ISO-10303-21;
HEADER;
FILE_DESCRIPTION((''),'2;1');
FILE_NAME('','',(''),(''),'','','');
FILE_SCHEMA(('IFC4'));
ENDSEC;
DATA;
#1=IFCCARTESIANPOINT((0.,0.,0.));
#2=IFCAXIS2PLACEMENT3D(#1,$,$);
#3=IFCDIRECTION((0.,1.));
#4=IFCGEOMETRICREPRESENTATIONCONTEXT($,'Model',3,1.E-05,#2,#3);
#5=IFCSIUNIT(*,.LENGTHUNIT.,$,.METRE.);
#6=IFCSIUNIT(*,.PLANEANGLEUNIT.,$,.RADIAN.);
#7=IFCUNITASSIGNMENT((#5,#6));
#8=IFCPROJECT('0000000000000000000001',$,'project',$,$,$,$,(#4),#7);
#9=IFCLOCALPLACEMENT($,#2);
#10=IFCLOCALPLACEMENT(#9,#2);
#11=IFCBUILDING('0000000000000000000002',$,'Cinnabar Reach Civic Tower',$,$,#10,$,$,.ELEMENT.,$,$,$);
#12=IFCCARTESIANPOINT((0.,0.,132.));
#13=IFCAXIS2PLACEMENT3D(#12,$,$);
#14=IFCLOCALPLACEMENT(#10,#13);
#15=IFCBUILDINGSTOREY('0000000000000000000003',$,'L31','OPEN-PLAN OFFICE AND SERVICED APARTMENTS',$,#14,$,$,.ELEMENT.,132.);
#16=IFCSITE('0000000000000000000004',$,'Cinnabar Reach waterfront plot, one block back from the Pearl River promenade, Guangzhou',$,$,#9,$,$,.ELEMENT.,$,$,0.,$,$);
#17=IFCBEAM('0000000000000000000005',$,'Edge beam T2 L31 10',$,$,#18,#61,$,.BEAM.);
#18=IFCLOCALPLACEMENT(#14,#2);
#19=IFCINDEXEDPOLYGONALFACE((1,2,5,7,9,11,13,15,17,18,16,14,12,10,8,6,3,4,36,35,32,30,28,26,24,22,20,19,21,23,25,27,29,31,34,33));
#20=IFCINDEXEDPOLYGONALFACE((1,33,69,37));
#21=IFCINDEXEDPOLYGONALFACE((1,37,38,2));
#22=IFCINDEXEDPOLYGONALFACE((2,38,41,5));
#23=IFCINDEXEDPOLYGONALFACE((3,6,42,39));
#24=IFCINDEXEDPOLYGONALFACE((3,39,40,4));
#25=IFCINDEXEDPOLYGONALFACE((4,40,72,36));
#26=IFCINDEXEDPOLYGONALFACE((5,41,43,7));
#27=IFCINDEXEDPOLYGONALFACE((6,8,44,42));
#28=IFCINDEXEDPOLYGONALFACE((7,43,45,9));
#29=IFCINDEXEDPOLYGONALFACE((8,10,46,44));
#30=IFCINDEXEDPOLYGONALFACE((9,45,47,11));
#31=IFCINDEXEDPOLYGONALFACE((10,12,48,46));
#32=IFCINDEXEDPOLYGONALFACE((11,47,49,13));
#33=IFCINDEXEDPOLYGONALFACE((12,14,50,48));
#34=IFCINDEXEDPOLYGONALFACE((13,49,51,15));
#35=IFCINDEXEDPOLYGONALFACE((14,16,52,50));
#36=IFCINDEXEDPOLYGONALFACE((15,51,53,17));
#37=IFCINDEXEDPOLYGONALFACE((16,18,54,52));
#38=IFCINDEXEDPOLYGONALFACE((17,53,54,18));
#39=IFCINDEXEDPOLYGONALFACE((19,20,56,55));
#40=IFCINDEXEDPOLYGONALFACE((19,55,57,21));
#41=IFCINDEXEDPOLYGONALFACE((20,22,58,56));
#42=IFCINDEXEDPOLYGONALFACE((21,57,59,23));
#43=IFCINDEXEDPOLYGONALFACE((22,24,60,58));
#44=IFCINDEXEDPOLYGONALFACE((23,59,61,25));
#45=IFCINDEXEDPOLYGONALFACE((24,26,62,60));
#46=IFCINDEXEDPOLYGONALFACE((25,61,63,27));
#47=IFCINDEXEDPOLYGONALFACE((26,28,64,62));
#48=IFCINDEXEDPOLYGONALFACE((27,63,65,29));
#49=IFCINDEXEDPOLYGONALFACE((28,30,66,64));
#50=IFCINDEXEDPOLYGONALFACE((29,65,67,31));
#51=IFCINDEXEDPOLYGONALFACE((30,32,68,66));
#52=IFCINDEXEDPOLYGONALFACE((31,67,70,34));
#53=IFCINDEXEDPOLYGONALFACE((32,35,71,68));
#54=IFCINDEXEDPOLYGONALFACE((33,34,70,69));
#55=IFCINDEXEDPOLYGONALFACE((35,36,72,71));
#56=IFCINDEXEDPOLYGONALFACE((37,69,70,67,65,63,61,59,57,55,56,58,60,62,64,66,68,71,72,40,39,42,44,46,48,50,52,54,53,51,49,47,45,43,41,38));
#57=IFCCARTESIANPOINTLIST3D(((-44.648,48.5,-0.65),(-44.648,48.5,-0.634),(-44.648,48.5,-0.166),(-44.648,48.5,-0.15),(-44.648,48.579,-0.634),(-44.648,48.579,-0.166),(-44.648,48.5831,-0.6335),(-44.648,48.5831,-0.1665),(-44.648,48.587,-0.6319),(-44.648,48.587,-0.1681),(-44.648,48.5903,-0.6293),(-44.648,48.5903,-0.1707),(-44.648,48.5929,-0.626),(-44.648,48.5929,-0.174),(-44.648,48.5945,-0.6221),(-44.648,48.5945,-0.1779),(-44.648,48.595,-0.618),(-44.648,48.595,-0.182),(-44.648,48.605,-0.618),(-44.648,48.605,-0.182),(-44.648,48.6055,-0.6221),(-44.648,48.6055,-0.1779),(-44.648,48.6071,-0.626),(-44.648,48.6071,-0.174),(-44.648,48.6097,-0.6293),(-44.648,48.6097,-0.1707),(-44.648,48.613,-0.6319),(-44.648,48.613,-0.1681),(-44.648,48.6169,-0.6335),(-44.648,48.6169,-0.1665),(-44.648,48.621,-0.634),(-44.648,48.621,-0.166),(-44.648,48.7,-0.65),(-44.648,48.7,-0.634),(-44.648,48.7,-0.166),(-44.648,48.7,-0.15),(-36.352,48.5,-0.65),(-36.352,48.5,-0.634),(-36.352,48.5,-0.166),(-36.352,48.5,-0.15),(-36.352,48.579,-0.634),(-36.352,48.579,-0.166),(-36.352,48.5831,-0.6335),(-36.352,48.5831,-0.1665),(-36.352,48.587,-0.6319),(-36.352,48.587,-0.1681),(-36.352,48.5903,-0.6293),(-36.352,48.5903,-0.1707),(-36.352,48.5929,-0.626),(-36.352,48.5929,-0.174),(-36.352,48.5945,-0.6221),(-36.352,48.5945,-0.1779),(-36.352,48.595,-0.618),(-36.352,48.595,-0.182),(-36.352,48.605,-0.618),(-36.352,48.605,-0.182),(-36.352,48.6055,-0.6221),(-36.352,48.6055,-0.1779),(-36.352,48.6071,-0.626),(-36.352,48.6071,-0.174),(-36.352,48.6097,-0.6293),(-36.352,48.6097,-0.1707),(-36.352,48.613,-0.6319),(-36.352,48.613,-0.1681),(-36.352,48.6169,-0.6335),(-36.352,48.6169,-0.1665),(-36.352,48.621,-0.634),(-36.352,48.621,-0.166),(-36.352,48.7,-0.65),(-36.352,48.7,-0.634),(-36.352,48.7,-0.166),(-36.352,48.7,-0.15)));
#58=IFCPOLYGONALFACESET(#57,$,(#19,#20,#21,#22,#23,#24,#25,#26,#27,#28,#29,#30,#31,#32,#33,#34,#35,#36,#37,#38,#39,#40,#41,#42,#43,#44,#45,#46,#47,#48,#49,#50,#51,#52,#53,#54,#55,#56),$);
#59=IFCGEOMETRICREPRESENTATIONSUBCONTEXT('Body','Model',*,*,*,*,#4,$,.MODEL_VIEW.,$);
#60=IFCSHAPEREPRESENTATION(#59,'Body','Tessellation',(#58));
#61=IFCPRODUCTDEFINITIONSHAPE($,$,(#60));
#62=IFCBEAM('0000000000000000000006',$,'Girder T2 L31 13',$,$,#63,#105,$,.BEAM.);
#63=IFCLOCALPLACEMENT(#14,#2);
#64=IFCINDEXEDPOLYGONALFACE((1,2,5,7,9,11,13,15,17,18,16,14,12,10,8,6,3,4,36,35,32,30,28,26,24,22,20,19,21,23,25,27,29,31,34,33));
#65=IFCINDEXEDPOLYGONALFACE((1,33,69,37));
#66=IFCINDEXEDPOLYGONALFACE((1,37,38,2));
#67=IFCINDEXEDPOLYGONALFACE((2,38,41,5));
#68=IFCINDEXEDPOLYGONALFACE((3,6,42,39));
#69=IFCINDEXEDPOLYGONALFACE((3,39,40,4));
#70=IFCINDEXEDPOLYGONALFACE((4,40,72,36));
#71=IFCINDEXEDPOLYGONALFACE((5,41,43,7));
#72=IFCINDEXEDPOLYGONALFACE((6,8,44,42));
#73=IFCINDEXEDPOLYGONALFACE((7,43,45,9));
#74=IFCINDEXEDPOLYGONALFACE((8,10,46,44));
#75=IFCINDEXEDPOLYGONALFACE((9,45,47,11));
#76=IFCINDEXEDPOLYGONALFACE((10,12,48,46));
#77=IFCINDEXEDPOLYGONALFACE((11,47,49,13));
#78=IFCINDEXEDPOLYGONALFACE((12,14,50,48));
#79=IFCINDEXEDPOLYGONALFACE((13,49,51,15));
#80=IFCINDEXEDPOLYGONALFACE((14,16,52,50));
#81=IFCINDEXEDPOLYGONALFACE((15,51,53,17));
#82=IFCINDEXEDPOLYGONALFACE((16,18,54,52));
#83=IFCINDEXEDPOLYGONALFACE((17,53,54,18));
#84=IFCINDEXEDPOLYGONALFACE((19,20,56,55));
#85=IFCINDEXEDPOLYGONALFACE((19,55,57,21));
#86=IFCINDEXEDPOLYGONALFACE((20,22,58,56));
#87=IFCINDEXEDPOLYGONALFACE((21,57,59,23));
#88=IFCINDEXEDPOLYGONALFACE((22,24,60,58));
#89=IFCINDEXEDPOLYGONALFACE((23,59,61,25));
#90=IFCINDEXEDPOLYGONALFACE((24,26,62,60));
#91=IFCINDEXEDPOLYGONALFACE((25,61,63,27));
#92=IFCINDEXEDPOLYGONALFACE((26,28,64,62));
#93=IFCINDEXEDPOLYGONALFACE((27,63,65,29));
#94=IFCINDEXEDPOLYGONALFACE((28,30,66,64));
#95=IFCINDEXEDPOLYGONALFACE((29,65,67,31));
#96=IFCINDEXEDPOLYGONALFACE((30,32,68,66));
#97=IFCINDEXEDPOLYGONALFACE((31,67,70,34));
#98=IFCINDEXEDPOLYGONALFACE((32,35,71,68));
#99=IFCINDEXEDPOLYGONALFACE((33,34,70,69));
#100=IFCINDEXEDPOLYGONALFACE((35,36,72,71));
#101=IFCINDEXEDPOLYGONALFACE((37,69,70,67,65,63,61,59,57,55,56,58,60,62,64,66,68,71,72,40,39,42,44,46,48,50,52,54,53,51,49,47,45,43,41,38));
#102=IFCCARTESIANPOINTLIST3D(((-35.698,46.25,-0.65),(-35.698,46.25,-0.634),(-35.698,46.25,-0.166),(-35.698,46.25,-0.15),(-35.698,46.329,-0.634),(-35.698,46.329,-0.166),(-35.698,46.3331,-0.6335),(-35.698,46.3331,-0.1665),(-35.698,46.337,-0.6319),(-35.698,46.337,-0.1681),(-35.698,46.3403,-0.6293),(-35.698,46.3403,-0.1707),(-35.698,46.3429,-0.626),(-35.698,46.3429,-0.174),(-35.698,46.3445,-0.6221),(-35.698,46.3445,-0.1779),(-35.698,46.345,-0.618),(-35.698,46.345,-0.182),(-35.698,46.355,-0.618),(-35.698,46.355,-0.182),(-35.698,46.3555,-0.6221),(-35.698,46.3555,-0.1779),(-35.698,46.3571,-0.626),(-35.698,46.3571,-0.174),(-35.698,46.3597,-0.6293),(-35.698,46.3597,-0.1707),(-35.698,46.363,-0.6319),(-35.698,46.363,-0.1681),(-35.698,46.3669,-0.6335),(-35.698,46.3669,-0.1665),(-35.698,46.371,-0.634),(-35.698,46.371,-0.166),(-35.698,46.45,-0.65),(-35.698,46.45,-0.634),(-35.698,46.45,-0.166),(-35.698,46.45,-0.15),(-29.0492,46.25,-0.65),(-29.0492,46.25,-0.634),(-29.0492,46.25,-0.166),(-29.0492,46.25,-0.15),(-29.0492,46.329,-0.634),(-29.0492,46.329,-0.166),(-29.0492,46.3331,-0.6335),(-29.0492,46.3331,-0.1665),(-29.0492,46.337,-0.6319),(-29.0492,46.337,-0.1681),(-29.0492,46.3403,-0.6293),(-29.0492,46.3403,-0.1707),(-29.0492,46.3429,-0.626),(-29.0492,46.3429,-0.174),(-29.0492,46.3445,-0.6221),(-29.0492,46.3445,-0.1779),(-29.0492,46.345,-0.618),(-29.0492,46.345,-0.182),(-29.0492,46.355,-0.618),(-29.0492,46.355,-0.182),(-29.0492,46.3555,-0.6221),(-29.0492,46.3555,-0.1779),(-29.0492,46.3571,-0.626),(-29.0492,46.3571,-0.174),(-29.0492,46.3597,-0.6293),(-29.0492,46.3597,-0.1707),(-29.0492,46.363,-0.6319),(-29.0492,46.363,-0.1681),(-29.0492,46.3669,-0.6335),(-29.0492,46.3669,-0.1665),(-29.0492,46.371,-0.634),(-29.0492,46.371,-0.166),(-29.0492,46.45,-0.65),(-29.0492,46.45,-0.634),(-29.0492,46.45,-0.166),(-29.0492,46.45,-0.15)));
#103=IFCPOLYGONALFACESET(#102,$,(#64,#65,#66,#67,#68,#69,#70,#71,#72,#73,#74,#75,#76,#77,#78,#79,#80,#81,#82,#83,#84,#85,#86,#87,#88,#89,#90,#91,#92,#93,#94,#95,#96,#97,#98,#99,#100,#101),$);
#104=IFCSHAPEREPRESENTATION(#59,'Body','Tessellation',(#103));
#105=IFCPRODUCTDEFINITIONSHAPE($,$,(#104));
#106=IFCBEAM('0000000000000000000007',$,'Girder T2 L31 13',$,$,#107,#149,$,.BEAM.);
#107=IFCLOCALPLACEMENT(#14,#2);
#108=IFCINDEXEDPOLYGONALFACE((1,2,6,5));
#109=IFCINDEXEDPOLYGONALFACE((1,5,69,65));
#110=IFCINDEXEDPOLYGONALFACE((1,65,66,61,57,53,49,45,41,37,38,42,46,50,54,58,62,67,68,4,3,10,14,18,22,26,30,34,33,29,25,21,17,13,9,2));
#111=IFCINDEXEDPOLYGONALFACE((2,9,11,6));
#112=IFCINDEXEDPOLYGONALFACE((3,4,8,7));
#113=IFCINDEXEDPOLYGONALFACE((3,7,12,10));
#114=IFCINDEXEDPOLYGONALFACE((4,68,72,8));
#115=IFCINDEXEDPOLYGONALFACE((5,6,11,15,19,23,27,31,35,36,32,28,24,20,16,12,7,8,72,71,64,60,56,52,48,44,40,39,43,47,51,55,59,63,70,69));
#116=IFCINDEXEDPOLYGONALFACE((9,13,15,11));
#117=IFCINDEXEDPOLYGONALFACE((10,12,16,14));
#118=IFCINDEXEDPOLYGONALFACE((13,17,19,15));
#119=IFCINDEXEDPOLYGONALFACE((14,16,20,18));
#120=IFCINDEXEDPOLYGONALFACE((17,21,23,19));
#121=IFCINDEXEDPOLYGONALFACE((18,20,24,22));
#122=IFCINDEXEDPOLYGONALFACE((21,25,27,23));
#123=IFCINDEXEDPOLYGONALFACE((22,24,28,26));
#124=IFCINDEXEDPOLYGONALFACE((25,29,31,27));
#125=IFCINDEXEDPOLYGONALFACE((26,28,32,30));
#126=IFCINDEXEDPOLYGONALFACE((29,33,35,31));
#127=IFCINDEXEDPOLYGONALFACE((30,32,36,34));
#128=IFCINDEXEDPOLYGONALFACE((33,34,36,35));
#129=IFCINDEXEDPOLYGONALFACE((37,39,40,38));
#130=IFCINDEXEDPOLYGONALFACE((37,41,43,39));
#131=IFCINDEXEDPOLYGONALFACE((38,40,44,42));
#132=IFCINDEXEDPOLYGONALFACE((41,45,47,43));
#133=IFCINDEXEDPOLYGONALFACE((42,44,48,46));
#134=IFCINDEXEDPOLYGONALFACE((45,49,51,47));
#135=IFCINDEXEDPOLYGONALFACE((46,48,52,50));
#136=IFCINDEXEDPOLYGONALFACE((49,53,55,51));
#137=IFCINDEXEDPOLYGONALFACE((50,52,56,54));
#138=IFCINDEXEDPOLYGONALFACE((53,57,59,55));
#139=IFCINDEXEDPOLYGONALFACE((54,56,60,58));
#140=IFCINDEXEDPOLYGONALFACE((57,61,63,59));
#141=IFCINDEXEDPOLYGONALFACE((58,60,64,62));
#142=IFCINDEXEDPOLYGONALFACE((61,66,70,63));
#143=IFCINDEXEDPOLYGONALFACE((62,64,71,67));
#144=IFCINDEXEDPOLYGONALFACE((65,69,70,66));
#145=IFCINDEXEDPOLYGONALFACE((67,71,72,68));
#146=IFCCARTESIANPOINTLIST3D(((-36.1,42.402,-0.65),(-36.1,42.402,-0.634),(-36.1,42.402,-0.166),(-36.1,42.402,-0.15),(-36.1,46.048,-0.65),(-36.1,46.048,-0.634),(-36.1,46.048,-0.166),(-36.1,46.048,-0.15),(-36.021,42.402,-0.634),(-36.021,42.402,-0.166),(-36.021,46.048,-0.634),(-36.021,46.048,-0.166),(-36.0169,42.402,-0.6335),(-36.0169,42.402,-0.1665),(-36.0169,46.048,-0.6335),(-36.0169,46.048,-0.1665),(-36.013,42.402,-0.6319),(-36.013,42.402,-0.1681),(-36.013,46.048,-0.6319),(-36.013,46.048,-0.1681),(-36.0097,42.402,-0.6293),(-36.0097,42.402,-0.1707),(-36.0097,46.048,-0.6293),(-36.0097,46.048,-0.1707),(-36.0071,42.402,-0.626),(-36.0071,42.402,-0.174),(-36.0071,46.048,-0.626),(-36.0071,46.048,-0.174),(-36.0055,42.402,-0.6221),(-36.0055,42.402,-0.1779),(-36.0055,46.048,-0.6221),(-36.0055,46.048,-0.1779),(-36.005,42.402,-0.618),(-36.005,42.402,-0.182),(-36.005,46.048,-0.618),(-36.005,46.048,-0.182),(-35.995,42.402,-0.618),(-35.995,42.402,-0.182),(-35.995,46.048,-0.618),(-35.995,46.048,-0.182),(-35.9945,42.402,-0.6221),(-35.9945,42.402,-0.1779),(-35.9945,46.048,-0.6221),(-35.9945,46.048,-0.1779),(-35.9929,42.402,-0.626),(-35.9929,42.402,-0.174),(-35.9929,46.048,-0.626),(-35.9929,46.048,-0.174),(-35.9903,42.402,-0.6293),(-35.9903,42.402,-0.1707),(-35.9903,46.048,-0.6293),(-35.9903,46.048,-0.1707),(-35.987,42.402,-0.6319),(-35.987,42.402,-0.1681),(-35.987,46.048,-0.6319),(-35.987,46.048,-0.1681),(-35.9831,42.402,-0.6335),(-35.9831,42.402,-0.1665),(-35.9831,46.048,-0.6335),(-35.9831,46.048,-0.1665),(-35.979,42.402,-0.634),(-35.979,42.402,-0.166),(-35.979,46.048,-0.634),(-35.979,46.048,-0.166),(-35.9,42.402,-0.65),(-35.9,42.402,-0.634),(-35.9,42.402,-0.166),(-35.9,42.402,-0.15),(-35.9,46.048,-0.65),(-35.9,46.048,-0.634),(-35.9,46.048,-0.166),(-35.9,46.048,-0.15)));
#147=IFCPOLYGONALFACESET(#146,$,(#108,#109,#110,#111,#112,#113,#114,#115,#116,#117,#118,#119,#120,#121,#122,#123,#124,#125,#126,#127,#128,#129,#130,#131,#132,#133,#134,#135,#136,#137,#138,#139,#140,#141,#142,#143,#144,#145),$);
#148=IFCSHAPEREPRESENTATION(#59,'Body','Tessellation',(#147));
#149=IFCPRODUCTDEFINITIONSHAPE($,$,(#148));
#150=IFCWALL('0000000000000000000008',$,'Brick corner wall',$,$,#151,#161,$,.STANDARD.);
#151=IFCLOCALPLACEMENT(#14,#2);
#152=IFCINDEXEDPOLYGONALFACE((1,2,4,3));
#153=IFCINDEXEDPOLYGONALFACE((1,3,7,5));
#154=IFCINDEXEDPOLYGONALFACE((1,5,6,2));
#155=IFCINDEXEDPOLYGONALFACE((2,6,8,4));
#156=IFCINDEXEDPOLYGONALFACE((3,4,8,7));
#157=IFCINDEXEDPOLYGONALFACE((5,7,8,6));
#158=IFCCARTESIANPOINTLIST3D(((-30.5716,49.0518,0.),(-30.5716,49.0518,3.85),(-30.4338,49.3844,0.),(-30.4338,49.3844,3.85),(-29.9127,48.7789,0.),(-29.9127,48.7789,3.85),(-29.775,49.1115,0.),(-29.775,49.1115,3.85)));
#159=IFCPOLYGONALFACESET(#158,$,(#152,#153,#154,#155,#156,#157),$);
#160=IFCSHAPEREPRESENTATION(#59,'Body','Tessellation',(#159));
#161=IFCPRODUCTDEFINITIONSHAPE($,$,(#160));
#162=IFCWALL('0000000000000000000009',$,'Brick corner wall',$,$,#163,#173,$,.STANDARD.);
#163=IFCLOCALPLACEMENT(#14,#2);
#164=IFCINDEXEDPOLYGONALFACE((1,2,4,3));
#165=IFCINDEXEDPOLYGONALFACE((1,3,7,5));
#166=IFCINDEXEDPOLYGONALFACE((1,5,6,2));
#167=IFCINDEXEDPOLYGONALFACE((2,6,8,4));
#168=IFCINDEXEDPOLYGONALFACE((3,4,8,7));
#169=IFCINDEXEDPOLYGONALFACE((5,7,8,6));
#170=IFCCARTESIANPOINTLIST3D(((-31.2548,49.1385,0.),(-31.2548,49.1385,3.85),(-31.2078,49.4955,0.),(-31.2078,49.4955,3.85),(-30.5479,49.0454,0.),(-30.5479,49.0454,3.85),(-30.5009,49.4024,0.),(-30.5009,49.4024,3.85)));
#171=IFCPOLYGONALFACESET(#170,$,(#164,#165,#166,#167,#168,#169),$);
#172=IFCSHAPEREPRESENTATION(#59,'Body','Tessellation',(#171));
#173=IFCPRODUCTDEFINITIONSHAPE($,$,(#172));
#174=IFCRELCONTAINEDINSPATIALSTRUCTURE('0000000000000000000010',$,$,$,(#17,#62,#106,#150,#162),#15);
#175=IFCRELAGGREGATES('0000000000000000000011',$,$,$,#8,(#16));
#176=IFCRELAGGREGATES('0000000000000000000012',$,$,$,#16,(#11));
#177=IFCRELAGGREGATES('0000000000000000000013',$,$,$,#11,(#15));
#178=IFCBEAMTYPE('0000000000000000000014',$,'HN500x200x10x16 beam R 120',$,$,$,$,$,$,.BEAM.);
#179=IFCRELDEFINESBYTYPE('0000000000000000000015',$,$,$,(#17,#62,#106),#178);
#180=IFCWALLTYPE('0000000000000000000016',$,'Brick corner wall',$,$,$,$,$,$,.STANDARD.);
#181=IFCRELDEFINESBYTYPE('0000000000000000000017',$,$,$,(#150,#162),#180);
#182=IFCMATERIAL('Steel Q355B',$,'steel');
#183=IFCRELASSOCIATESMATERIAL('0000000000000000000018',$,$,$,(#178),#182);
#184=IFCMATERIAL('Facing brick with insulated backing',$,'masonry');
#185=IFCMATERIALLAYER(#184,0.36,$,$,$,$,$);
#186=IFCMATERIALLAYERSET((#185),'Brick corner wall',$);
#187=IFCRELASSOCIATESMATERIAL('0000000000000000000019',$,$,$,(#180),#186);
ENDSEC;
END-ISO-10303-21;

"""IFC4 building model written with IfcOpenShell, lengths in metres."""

from ifc_helpers import new_model, si_unit, direction, frame, frame_2d, origin, origin_2d, place, context, subcontext, project, spatial, rectangle, i_section, extrude, material, layer, layer_set, material_profile, profile_set, type_object, element, save


model = new_model("IFC4")

# Units and contexts
model_context = context("Model", 3, precision=1e-05, world=origin(), true_north=direction((0.0, 1.0)))
body_context = subcontext(model_context, "Body", "Model", "MODEL_VIEW")
ifc_project = project(units=[si_unit("LENGTHUNIT", "METRE"), si_unit("PLANEANGLEUNIT", "RADIAN")], contexts=[model_context])

# Site, building, storey
site_placement = place(None, origin())
site = spatial("IfcSite", under=ifc_project, at=site_placement, Name="Cinnabar Reach waterfront plot, one block back from the Pearl River promenade, Guangzhou", CompositionType="ELEMENT", RefElevation=0.0)
building_placement = place(site_placement, origin())
building = spatial("IfcBuilding", under=site, at=building_placement, Name="Cinnabar Reach Civic Tower", CompositionType="ELEMENT")
storey_placement = place(building_placement, frame((0.0, 0.0, 132.0)))
storey = spatial("IfcBuildingStorey", under=building, at=storey_placement, Name="L31", Description="OPEN-PLAN OFFICE AND SERVICED APARTMENTS", CompositionType="ELEMENT", Elevation=132.0)

# Beams
ifc_material_1 = material(Name="Steel Q355B", Category="steel")
ifc_material_profile_1 = material_profile(ifc_material_1, i_section(OverallWidth=0.2, OverallDepth=0.5, WebThickness=0.01, FlangeThickness=0.016, FilletRadius=0.016, at=origin_2d()), Name="HN500x200x10x16")
ifc_profile_set_1 = profile_set([ifc_material_profile_1], Name="Steel Q355B")
beam_type_1 = type_object("IfcBeamType", Name="HN500x200x10x16 beam R 120", PredefinedType="BEAM", material=ifc_profile_set_1)
beam_1_placement = place(storey_placement, frame((-36.352, 48.6, -0.4), z_axis=(-1.0, 0.0, 0.0), x_axis=(0.0, -1.0, 0.0)))
element("IfcBeam", 1, at=beam_1_placement, inside=storey, type_object=beam_type_1, Name="Edge beam T2 L31 10", PredefinedType="BEAM", context=body_context, shape_type="SweptSolid", body=[
    extrude(i_section(OverallWidth=0.2, OverallDepth=0.5, WebThickness=0.01, FlangeThickness=0.016, FilletRadius=0.016, at=origin_2d()), origin(), (0.0, 0.0, 1.0), 8.296),
])
beam_2_placement = place(storey_placement, frame((-35.698, 46.35, -0.4), z_axis=(1.0, 0.0, 0.0), x_axis=(0.0, 1.0, 0.0)))
element("IfcBeam", 2, at=beam_2_placement, inside=storey, type_object=beam_type_1, Name="Girder T2 L31 13", PredefinedType="BEAM", context=body_context, shape_type="SweptSolid", body=[
    extrude(i_section(OverallWidth=0.2, OverallDepth=0.5, WebThickness=0.01, FlangeThickness=0.016, FilletRadius=0.016, at=origin_2d()), origin(), (0.0, 0.0, 1.0), 6.6488),
])
beam_3_placement = place(storey_placement, frame((-36.0, 42.402, -0.4), z_axis=(0.0, 1.0, 0.0), x_axis=(-1.0, 0.0, 0.0)))
element("IfcBeam", 3, at=beam_3_placement, inside=storey, type_object=beam_type_1, Name="Girder T2 L31 13", PredefinedType="BEAM", context=body_context, shape_type="SweptSolid", body=[
    extrude(i_section(OverallWidth=0.2, OverallDepth=0.5, WebThickness=0.01, FlangeThickness=0.016, FilletRadius=0.016, at=origin_2d()), origin(), (0.0, 0.0, 1.0), 3.646),
])

# Walls
ifc_material_2 = material(Name="Facing brick with insulated backing", Category="masonry")
ifc_layer_1 = layer(ifc_material_2, 0.36)
ifc_layer_set_1 = layer_set([ifc_layer_1], Name="Brick corner wall")
wall_type_1 = type_object("IfcWallType", Name="Brick corner wall", PredefinedType="STANDARD", material=ifc_layer_set_1)
for number, where, z_axis, x_axis, name in (
    (4, (-29.8439, 48.9452, 0.0), (0.0, 0.0, 1.0), (-0.923872, 0.382703, 0.0), "Brick corner wall"),
    (5, (-30.5244, 49.2239, 0.0), (0.0, 0.0, 1.0), (-0.991441, 0.130556, 0.0), "Brick corner wall"),
):
    element("IfcWall", number, at=place(storey_placement, frame(where, z_axis=z_axis, x_axis=x_axis)), inside=storey, type_object=wall_type_1, Name=name, PredefinedType="STANDARD", context=body_context, shape_type="SweptSolid", body=[
        extrude(rectangle(XDim=0.7131, YDim=0.36, at=frame_2d((0.3565, 0.0))), origin(), (0.0, 0.0, 1.0), 3.85),
    ])

save(model, "model.ifc")
